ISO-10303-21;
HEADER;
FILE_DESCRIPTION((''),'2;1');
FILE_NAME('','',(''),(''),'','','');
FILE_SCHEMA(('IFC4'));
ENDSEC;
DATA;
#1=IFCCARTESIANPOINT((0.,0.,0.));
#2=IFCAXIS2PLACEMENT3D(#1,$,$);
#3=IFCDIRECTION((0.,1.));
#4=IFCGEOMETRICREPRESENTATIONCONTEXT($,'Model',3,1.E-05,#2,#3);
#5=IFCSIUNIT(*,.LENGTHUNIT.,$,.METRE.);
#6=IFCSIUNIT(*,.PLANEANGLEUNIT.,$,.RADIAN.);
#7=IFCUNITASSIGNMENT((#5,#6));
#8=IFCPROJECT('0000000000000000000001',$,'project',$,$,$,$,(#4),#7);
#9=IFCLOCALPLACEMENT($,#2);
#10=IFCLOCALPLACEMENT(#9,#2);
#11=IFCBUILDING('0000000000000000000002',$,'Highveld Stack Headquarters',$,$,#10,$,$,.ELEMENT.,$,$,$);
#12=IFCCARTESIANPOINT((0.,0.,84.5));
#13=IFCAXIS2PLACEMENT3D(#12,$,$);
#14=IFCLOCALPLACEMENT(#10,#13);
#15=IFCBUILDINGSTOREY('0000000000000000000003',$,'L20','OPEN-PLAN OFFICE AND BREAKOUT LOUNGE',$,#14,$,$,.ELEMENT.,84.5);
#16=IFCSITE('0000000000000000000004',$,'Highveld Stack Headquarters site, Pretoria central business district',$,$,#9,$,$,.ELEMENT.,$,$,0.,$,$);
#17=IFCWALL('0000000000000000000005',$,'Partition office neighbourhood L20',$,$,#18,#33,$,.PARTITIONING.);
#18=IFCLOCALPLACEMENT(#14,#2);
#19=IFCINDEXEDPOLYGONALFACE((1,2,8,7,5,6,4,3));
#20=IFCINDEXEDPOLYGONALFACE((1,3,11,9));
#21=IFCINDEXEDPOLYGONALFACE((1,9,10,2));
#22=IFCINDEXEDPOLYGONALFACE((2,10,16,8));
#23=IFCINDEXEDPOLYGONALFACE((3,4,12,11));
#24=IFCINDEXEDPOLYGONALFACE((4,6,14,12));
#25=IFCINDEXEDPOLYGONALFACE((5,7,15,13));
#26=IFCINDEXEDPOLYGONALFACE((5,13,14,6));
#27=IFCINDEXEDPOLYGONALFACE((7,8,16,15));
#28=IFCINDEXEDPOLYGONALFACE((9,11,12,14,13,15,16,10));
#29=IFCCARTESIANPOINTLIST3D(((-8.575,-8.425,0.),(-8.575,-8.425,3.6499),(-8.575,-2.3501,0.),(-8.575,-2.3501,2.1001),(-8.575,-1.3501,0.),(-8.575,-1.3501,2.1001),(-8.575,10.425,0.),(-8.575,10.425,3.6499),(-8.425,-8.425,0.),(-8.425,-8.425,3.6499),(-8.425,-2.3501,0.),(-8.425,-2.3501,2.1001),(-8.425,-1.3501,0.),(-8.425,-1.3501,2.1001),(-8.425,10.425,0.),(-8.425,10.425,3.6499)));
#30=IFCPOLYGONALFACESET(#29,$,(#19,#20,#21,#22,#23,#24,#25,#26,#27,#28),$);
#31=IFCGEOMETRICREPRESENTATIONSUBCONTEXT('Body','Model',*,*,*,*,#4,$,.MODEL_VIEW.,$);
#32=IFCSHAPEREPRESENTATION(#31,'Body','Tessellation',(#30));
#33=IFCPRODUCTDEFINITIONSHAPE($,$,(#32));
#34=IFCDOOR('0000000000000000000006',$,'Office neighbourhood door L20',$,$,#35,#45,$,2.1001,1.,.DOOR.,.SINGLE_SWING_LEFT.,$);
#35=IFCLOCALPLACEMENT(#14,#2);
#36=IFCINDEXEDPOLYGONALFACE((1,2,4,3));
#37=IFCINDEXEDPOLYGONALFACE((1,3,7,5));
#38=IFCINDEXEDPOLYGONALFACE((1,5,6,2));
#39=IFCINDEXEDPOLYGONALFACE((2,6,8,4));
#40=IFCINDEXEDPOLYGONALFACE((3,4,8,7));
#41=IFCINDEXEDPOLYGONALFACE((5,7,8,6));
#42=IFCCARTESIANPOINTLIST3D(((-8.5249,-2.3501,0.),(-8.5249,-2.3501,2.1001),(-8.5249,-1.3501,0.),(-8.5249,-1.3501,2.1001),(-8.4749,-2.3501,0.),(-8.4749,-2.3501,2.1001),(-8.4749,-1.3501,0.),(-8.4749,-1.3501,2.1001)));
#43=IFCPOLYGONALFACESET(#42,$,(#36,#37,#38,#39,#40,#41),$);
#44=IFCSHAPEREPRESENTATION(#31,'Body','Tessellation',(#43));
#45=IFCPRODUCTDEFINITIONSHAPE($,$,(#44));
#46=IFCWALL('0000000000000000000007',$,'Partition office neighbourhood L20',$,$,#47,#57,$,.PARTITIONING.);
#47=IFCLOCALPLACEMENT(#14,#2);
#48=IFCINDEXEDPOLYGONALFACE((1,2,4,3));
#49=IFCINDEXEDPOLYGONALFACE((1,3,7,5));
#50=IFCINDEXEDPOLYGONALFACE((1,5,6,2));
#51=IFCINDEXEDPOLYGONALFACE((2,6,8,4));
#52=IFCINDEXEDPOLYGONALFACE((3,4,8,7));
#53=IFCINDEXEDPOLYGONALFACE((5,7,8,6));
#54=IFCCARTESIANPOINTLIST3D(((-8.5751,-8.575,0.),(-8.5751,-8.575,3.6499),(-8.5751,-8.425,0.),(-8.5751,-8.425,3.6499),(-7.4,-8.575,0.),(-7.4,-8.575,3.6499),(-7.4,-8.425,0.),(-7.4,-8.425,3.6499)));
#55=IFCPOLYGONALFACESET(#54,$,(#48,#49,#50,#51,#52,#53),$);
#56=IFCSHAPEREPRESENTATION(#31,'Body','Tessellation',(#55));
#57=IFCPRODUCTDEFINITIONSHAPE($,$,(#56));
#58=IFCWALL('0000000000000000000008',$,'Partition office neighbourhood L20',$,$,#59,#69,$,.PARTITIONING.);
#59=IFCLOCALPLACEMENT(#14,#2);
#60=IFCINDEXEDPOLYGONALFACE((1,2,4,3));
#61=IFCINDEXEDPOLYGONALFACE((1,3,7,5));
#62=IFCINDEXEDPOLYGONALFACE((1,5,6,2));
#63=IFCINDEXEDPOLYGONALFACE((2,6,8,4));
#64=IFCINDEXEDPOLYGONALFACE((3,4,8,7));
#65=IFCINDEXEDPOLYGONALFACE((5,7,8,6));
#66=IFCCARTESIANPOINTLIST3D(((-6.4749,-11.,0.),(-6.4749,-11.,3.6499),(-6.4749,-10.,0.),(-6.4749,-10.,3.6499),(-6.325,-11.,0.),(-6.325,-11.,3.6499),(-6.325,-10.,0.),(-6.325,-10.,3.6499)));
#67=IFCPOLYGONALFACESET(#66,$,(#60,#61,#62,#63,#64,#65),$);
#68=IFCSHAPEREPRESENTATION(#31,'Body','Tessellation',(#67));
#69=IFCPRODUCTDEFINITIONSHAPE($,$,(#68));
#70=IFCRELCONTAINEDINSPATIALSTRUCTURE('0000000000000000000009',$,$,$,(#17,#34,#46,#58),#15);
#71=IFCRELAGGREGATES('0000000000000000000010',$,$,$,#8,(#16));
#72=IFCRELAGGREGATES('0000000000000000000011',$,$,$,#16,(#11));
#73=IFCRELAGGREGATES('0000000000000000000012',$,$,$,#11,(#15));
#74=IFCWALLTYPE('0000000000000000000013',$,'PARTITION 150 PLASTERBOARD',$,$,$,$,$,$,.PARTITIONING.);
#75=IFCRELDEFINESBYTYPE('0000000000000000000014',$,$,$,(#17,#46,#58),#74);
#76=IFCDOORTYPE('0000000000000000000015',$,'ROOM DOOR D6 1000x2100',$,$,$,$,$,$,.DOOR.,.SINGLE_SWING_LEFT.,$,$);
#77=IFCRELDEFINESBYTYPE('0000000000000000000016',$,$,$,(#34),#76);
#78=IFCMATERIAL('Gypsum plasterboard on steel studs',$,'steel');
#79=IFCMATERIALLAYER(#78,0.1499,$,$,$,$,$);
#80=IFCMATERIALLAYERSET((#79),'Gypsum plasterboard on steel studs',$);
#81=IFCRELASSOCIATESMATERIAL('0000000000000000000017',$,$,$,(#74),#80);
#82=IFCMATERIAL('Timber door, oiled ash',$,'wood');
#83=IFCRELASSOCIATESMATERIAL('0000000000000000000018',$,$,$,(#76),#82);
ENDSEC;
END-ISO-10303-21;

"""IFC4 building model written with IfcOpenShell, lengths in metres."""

from ifc_helpers import new_model, si_unit, direction, frame, frame_2d, origin, place, context, subcontext, project, spatial, rectangle, extrude, material, layer, layer_set, type_object, element, fill, save


model = new_model("IFC4")

# Units and contexts
model_context = context("Model", 3, precision=1e-05, world=origin(), true_north=direction((0.0, 1.0)))
body_context = subcontext(model_context, "Body", "Model", "MODEL_VIEW")
ifc_project = project(units=[si_unit("LENGTHUNIT", "METRE"), si_unit("PLANEANGLEUNIT", "RADIAN")], contexts=[model_context])

# Site, building, storey
site_placement = place(None, origin())
site = spatial("IfcSite", under=ifc_project, at=site_placement, Name="Highveld Stack Headquarters site, Pretoria central business district", CompositionType="ELEMENT", RefElevation=0.0)
building_placement = place(site_placement, origin())
building = spatial("IfcBuilding", under=site, at=building_placement, Name="Highveld Stack Headquarters", CompositionType="ELEMENT")
storey_placement = place(building_placement, frame((0.0, 0.0, 84.5)))
storey = spatial("IfcBuildingStorey", under=building, at=storey_placement, Name="L20", Description="OPEN-PLAN OFFICE AND BREAKOUT LOUNGE", CompositionType="ELEMENT", Elevation=84.5)

# Shared definitions
ifc_material_1 = material(Name="Gypsum plasterboard on steel studs", Category="steel")
ifc_layer_1 = layer(ifc_material_1, 0.1499)
ifc_layer_set_1 = layer_set([ifc_layer_1], Name="Gypsum plasterboard on steel studs")
wall_type_1 = type_object("IfcWallType", Name="PARTITION 150 PLASTERBOARD", PredefinedType="PARTITIONING", material=ifc_layer_set_1)

# Wall, opening, door
ifc_material_2 = material(Name="Timber door, oiled ash", Category="wood")
door_type_1 = type_object("IfcDoorType", Name="ROOM DOOR D6 1000x2100", OperationType="SINGLE_SWING_LEFT", PredefinedType="DOOR", material=ifc_material_2)
wall_1_placement = place(storey_placement, frame((-8.5, -8.425, 0.0), z_axis=(0.0, 0.0, 1.0), x_axis=(0.0, 1.0, 0.0)))
wall_1 = element("IfcWall", 1, at=wall_1_placement, inside=storey, type_object=wall_type_1, Name="Partition office neighbourhood L20", PredefinedType="PARTITIONING", context=body_context, shape_type="SweptSolid", body=[
    extrude(rectangle(XDim=18.8501, YDim=0.1499, at=frame_2d((9.425, 0.0))), origin(), (0.0, 0.0, 1.0), 3.6499),
])
opening_1_placement = place(wall_1_placement, frame((6.075, 0.0, 0.0)))
opening_1 = element("IfcOpeningElement", 2, at=opening_1_placement, cuts=wall_1, PredefinedType="OPENING", context=body_context, shape_type="SweptSolid", body=[
    extrude(rectangle(XDim=1.0, YDim=2.1001, at=frame_2d((0.5, 1.05))), frame((0.0, 0.085, 0.0), z_axis=(0.0, -1.0, 0.0), x_axis=(1.0, 0.0, 0.0)), (0.0, 0.0, 1.0), 0.1699),
])
door_1_placement = place(opening_1_placement, origin())
door_1 = element("IfcDoor", 3, at=door_1_placement, inside=storey, type_object=door_type_1, Name="Office neighbourhood door L20", OperationType="SINGLE_SWING_LEFT", OverallHeight=2.1001, OverallWidth=1.0, PredefinedType="DOOR", context=body_context, shape_type="SweptSolid", body=[
    extrude(rectangle(XDim=1.0, YDim=2.1001, at=frame_2d((0.5, 1.05))), frame((0.0, 0.0249, 0.0), z_axis=(0.0, -1.0, 0.0), x_axis=(1.0, 0.0, 0.0)), (0.0, 0.0, 1.0), 0.05),
])
fill(opening_1, door_1)

# Walls
wall_2_placement = place(storey_placement, frame((-8.575, -8.5, 0.0), z_axis=(0.0, 0.0, 1.0), x_axis=(1.0, 0.0, 0.0)))
element("IfcWall", 4, at=wall_2_placement, inside=storey, type_object=wall_type_1, Name="Partition office neighbourhood L20", PredefinedType="PARTITIONING", context=body_context, shape_type="SweptSolid", body=[
    extrude(rectangle(XDim=1.175, YDim=0.1499, at=frame_2d((0.5874, 0.0))), origin(), (0.0, 0.0, 1.0), 3.6499),
])
wall_3_placement = place(storey_placement, frame((-6.3999, -11.0, 0.0), z_axis=(0.0, 0.0, 1.0), x_axis=(0.0, 1.0, 0.0)))
element("IfcWall", 5, at=wall_3_placement, inside=storey, type_object=wall_type_1, Name="Partition office neighbourhood L20", PredefinedType="PARTITIONING", context=body_context, shape_type="SweptSolid", body=[
    extrude(rectangle(XDim=1.0, YDim=0.1499, at=frame_2d((0.5, 0.0))), origin(), (0.0, 0.0, 1.0), 3.6499),
])

save(model, "model.ifc")
